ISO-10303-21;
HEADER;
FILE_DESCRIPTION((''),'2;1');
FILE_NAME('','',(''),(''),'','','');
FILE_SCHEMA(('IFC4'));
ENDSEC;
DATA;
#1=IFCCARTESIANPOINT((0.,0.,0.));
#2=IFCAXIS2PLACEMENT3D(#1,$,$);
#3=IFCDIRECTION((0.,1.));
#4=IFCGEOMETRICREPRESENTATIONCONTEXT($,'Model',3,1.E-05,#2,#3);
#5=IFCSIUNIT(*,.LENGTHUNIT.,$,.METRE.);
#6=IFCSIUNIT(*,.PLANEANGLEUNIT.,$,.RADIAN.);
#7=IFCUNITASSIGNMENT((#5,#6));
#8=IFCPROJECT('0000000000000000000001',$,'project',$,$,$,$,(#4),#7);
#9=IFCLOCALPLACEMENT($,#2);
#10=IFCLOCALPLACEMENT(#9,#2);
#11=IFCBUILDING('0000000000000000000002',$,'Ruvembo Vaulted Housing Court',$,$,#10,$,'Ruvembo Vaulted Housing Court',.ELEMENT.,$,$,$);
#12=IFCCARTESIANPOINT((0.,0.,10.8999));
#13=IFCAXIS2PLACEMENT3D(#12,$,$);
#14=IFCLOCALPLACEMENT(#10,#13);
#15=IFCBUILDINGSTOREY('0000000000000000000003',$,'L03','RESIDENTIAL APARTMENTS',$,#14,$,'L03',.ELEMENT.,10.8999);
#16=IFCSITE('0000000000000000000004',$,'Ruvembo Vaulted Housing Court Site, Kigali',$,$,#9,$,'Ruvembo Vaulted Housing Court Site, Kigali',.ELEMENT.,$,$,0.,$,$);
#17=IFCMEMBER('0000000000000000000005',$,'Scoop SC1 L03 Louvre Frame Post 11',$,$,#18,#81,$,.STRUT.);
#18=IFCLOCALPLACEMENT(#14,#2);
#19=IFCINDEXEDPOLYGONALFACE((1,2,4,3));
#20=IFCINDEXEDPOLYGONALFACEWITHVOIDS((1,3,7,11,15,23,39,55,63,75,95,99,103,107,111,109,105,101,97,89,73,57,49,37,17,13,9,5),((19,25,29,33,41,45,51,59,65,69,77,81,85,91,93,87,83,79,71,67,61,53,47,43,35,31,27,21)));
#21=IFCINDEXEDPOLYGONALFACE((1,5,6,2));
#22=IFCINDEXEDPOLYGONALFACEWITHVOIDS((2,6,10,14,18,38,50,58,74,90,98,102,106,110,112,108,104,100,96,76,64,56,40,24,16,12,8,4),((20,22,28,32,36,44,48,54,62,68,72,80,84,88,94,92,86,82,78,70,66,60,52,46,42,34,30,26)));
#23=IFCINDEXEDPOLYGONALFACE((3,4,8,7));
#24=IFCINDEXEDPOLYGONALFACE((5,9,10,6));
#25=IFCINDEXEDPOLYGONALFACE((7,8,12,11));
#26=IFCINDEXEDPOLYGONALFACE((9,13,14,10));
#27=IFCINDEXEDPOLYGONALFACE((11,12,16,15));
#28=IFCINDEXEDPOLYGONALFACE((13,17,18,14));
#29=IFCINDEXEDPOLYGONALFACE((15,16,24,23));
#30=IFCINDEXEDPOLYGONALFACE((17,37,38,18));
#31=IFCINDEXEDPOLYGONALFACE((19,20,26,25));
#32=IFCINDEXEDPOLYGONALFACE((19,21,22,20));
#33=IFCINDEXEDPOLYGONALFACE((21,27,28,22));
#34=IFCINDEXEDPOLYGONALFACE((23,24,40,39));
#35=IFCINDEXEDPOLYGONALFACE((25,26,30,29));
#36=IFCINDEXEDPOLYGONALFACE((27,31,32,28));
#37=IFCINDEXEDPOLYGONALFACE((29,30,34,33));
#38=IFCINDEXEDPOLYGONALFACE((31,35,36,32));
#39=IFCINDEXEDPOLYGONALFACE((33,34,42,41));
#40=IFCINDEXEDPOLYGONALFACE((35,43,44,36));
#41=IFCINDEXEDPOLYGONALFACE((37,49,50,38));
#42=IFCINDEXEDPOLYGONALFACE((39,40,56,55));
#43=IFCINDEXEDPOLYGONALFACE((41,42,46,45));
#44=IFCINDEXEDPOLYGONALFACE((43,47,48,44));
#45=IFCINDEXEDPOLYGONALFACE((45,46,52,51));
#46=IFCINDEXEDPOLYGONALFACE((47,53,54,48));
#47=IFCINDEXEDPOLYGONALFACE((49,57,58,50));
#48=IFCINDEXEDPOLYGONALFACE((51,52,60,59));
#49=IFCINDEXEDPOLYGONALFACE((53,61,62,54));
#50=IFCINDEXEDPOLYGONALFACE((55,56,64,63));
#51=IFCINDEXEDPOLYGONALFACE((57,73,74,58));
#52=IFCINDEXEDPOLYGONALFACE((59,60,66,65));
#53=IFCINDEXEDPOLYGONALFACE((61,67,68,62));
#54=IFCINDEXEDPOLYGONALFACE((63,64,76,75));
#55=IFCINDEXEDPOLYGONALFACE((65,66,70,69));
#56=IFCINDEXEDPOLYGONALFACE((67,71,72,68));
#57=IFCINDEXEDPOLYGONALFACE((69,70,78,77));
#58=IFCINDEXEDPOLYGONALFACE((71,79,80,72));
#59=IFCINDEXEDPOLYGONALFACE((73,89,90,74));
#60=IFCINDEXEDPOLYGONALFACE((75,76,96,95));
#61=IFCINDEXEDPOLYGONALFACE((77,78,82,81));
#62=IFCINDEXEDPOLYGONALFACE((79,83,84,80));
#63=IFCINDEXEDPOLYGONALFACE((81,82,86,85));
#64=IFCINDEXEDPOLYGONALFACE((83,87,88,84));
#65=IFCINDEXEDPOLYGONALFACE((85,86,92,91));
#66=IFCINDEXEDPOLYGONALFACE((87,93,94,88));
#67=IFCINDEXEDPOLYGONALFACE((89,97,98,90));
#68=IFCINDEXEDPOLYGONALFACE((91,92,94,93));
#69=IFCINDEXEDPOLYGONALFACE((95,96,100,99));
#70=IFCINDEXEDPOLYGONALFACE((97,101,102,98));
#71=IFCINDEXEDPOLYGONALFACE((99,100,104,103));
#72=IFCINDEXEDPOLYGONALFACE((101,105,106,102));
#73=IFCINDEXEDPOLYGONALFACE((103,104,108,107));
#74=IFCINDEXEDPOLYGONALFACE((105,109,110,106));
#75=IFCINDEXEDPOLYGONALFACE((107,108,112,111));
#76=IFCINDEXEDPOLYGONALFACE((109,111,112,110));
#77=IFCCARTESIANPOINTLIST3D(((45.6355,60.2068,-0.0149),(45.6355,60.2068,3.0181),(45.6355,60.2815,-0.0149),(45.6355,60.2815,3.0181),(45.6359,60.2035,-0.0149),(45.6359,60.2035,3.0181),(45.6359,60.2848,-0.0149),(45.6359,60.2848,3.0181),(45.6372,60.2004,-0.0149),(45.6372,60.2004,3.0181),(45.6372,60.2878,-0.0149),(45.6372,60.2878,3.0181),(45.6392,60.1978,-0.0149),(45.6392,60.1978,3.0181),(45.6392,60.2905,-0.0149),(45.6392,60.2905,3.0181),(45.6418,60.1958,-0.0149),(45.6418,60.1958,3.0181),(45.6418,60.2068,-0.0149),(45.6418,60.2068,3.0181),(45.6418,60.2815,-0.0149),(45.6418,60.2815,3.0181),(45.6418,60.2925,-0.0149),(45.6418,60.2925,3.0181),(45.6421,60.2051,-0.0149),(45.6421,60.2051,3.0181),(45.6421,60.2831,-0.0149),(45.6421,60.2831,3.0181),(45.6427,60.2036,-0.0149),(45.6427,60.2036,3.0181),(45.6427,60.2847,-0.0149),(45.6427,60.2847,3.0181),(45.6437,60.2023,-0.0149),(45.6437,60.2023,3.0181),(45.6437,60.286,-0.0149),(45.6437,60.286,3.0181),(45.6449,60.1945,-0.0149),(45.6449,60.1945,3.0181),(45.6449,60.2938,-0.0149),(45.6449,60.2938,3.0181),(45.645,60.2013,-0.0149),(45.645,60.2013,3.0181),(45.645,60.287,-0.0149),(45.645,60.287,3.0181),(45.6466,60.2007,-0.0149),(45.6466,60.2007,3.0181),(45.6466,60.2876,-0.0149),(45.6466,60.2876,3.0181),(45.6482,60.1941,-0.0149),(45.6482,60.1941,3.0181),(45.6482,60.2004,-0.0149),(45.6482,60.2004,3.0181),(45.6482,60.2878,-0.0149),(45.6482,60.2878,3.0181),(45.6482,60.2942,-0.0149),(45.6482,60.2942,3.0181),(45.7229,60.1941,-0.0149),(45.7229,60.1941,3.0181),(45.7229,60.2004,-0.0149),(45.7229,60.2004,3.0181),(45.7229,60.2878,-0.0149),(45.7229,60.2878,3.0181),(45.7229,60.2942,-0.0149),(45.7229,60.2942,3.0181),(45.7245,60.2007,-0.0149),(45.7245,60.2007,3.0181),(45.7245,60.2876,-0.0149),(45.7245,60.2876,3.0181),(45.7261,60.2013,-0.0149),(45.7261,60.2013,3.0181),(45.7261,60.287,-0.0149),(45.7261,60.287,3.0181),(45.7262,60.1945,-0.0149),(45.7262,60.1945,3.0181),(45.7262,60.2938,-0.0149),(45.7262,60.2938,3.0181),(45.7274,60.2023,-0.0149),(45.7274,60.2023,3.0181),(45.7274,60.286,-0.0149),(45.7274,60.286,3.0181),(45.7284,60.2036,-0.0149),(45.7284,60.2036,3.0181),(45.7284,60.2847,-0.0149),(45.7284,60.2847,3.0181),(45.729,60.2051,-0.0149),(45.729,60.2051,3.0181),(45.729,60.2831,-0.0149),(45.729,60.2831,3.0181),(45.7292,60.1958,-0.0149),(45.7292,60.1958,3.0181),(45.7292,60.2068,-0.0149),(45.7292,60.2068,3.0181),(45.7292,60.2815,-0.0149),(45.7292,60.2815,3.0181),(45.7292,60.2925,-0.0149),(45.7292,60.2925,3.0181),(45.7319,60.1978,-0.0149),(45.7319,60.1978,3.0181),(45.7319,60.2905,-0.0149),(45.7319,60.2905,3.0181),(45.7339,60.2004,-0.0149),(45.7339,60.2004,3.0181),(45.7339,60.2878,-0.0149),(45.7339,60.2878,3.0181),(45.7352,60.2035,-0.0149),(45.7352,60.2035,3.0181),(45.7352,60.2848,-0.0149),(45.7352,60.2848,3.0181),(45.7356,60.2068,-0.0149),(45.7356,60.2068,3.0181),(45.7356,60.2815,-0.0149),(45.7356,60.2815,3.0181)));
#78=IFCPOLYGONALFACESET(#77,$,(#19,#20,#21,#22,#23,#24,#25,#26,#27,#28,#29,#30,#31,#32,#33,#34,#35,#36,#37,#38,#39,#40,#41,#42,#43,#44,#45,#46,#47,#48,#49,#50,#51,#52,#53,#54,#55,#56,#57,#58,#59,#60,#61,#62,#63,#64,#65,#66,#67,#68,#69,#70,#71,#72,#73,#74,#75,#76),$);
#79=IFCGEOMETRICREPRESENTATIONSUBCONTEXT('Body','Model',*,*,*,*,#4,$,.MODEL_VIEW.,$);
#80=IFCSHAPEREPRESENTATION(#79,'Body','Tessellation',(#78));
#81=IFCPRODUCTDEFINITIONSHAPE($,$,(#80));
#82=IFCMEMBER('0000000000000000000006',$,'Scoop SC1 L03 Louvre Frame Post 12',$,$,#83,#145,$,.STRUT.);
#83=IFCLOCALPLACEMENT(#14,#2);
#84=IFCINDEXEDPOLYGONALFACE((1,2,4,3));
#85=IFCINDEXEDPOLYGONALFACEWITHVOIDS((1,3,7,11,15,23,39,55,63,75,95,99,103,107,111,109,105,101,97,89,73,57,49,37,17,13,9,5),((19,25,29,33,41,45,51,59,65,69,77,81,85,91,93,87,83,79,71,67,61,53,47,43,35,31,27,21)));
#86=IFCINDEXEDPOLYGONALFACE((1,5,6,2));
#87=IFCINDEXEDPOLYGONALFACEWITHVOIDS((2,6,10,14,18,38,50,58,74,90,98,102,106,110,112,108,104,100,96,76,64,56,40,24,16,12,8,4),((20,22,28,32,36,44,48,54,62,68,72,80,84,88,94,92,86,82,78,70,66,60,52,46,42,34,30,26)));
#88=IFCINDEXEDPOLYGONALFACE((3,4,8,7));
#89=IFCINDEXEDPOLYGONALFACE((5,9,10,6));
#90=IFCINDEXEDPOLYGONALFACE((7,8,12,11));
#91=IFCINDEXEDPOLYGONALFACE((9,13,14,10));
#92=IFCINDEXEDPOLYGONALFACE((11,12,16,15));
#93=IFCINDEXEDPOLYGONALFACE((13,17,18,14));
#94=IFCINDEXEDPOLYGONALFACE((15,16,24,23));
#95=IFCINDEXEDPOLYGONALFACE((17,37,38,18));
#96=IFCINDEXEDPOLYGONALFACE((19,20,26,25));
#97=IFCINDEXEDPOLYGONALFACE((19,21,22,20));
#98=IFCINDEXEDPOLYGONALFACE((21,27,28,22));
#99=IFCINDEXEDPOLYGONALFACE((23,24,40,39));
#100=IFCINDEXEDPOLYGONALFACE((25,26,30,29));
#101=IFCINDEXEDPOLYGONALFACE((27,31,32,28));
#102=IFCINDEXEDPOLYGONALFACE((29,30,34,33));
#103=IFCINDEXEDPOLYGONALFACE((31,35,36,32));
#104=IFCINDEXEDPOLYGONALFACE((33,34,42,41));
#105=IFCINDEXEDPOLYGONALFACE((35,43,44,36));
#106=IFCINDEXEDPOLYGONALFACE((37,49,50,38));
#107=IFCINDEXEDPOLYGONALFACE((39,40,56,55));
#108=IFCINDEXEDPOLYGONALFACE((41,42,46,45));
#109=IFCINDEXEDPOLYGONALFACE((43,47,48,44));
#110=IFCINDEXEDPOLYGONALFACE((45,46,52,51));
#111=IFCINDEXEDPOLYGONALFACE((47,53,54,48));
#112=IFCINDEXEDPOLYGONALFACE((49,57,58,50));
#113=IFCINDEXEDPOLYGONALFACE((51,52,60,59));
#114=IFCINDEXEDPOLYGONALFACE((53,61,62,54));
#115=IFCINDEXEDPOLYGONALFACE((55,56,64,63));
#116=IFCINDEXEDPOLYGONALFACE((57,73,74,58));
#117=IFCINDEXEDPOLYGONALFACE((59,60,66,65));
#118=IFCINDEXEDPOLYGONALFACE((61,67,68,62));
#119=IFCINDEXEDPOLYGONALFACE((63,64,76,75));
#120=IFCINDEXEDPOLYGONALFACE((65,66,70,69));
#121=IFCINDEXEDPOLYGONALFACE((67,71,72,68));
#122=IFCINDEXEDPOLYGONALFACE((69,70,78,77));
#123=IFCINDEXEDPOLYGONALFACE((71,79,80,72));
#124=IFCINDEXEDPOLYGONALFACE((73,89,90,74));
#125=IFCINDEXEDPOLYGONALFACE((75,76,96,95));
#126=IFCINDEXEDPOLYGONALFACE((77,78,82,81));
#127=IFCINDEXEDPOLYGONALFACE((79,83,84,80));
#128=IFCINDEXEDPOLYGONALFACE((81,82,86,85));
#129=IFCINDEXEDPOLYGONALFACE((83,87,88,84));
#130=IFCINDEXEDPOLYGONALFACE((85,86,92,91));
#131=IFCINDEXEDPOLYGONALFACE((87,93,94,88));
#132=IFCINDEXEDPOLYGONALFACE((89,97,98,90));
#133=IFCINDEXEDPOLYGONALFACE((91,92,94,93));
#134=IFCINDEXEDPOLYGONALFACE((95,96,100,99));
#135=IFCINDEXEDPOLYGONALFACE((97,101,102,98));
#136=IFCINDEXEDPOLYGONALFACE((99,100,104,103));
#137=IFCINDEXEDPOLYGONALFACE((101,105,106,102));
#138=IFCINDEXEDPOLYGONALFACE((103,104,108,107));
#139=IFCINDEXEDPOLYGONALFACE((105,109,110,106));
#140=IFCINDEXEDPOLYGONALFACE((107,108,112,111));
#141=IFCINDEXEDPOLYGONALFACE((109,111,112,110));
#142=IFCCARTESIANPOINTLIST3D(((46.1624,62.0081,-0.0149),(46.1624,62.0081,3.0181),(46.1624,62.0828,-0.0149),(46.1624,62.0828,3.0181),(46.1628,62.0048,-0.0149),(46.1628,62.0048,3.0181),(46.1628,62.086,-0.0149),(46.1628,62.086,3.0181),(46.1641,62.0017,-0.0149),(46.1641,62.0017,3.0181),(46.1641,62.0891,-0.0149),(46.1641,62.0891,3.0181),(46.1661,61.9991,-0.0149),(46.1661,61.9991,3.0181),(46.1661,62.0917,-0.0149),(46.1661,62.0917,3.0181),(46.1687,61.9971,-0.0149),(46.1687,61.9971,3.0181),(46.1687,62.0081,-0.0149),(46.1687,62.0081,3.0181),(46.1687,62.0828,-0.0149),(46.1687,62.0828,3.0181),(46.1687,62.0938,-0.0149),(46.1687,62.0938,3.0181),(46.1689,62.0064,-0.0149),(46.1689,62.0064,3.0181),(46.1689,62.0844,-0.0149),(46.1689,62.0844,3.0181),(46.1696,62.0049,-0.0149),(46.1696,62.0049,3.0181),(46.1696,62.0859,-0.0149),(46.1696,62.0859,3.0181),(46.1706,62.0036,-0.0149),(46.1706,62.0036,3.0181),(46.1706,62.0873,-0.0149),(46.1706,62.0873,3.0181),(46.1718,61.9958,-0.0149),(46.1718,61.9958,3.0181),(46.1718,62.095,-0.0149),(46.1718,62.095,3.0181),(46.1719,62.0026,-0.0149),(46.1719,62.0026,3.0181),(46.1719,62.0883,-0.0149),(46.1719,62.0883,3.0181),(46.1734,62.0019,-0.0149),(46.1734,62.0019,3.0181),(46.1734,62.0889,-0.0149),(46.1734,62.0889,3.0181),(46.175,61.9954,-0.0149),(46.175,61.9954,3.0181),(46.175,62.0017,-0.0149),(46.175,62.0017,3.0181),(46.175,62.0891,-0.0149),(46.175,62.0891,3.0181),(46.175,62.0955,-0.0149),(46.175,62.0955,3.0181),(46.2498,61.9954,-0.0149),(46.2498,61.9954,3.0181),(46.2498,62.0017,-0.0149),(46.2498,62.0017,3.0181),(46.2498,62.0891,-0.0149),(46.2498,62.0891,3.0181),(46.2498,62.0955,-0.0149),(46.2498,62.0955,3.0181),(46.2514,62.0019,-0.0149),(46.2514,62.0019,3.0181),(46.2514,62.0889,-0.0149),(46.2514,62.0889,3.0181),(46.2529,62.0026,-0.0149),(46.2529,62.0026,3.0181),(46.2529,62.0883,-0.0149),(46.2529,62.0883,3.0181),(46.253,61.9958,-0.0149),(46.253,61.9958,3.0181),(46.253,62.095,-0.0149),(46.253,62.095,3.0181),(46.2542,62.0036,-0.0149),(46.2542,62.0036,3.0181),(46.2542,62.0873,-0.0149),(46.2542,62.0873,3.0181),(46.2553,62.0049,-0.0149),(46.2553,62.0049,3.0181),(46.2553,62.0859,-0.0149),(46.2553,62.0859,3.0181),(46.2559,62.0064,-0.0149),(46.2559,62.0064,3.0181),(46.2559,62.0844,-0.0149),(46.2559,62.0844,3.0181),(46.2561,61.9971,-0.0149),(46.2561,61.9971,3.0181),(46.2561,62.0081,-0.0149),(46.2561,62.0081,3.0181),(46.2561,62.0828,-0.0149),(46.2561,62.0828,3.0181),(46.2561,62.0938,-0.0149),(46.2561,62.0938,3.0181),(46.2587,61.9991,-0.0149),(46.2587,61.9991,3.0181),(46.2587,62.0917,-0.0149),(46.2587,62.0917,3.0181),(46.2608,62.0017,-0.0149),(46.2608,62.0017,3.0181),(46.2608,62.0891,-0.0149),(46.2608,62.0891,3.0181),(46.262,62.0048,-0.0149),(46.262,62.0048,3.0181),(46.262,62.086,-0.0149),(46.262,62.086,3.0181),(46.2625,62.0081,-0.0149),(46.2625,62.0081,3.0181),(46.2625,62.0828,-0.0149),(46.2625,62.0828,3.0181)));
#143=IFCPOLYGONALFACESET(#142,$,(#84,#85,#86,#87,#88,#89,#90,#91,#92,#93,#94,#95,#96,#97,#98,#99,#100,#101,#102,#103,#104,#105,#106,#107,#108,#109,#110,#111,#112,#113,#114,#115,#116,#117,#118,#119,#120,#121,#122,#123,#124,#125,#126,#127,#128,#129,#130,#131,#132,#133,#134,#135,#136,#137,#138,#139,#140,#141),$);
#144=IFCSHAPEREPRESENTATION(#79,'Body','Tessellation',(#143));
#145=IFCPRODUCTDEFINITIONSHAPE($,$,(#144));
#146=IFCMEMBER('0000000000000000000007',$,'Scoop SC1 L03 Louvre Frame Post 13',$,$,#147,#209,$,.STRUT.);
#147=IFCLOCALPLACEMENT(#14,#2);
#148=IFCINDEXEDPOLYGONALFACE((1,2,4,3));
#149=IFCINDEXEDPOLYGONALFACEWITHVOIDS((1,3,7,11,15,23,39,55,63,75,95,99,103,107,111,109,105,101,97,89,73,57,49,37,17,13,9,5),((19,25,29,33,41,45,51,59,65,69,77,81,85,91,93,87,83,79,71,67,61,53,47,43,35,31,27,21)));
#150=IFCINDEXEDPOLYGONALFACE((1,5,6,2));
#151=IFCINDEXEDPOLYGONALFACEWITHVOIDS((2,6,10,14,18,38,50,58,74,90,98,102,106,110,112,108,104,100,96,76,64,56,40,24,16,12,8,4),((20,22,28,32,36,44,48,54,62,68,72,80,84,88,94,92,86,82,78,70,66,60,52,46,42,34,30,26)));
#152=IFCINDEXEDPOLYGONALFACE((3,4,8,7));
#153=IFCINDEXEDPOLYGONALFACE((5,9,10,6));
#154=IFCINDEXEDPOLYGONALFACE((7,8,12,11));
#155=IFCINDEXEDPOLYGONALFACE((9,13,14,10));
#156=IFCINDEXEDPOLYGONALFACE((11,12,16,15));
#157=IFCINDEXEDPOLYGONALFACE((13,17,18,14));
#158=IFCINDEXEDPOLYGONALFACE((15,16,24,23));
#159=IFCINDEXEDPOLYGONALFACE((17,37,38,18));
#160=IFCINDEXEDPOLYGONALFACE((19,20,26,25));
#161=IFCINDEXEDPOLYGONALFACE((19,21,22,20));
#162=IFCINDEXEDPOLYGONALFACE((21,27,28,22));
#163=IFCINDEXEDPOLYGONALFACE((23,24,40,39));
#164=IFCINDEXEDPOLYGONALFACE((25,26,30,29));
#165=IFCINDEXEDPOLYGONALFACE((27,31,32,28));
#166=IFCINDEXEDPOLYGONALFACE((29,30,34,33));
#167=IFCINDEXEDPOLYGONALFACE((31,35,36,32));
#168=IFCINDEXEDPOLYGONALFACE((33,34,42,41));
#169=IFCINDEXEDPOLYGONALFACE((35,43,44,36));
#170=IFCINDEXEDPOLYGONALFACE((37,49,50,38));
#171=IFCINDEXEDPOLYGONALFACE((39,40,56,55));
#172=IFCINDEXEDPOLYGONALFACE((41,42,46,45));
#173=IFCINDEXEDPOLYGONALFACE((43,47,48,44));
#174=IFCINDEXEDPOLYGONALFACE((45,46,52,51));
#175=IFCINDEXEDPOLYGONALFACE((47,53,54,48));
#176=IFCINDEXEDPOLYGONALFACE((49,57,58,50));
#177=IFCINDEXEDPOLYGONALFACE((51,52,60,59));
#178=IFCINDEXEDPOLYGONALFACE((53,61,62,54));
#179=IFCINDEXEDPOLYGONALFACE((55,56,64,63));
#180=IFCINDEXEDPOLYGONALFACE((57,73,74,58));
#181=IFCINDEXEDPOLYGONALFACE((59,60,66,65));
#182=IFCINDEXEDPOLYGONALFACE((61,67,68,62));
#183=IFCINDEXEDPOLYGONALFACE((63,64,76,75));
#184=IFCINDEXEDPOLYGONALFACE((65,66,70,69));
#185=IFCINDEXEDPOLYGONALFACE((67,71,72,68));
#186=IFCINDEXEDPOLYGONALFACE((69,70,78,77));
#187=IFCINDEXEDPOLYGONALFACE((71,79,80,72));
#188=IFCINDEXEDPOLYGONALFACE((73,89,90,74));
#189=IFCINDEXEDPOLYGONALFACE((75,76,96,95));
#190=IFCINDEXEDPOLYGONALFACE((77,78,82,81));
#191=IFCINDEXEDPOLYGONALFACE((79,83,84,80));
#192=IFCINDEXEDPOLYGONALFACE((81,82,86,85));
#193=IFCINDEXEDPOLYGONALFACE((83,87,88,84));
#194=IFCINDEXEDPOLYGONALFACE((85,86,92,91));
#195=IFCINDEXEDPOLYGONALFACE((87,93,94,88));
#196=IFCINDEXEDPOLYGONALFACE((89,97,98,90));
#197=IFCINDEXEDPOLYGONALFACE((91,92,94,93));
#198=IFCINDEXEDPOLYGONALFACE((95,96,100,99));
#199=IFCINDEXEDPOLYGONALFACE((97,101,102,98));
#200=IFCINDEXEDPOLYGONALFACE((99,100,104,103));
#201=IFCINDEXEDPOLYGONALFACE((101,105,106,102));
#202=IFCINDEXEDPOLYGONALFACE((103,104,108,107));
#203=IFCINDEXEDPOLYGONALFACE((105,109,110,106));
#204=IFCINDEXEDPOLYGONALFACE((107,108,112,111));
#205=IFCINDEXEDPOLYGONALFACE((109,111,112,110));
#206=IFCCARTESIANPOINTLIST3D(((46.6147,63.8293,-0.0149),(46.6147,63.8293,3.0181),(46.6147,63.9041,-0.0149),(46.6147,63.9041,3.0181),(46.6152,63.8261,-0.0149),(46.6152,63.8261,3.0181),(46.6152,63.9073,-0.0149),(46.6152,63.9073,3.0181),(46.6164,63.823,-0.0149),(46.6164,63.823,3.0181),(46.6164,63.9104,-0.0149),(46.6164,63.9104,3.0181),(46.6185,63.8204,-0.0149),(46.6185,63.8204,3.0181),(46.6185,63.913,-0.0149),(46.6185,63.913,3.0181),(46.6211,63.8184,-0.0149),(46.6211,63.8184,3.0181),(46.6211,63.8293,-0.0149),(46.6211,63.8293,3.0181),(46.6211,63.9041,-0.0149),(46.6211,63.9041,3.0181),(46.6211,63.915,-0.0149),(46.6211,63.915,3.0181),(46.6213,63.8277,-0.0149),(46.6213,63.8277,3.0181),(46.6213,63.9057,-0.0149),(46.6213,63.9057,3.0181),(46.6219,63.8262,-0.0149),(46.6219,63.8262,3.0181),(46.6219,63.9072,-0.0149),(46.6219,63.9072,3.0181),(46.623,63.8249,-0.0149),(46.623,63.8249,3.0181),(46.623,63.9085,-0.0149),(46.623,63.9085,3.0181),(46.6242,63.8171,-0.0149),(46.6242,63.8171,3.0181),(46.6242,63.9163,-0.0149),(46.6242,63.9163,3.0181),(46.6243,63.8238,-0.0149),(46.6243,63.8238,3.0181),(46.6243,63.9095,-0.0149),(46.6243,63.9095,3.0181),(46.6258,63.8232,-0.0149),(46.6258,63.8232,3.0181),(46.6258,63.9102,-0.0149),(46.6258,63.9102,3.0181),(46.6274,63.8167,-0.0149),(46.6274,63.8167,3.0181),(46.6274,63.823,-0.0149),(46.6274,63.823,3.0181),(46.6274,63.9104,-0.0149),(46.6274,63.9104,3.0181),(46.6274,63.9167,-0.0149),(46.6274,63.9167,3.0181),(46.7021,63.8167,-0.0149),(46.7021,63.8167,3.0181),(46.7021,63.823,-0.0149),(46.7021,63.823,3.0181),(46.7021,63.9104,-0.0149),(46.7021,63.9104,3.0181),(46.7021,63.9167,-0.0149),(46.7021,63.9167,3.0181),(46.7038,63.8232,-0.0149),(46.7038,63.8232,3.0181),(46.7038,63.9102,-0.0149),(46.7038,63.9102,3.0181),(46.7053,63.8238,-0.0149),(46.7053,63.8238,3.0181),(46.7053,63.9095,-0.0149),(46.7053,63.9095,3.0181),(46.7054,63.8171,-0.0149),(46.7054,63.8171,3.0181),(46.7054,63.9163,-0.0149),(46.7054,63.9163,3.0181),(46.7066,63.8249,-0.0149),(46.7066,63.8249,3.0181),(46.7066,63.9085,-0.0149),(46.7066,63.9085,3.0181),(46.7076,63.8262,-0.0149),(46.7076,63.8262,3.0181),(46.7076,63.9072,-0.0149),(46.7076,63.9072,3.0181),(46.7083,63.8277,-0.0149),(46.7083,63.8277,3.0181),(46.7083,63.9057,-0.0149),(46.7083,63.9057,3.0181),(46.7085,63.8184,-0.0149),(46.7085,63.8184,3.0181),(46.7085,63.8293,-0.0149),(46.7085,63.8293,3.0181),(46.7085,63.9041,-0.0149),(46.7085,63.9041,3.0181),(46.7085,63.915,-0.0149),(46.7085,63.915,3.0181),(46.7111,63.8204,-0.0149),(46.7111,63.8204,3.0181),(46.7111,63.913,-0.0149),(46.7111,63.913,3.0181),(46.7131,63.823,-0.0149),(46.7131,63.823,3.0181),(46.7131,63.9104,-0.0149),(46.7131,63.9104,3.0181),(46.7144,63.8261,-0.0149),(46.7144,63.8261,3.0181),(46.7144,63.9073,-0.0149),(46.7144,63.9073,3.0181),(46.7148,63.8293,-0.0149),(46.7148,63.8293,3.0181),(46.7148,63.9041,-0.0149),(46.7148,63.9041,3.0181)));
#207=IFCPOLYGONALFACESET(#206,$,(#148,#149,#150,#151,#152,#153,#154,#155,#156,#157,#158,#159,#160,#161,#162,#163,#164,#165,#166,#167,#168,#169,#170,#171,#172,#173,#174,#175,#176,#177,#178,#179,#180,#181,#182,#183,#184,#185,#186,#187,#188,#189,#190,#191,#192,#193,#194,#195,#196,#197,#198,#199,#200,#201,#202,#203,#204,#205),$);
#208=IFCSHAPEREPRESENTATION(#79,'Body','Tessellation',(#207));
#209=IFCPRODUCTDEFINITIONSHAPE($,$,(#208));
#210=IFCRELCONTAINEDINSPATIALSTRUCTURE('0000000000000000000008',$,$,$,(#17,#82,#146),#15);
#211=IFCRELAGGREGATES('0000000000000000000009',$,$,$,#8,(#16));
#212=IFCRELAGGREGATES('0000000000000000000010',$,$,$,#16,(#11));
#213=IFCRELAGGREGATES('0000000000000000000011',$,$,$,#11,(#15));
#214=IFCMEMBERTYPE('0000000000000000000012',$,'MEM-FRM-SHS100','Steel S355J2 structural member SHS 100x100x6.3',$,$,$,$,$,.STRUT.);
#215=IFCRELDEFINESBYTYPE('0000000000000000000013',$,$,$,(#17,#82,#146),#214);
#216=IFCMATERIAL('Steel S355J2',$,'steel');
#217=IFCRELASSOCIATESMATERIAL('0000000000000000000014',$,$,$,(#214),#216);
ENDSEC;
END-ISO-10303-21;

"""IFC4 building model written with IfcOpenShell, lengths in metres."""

from ifc_helpers import new_model, si_unit, direction, frame, origin, origin_2d, place, context, subcontext, project, spatial, hollow_rectangle, extrude, material, material_profile, profile_set, type_object, element, save


model = new_model("IFC4")

# Units and contexts
model_context = context("Model", 3, precision=1e-05, world=origin(), true_north=direction((0.0, 1.0)))
body_context = subcontext(model_context, "Body", "Model", "MODEL_VIEW")
ifc_project = project(units=[si_unit("LENGTHUNIT", "METRE"), si_unit("PLANEANGLEUNIT", "RADIAN")], contexts=[model_context])

# Site, building, storey
site_placement = place(None, origin())
site = spatial("IfcSite", under=ifc_project, at=site_placement, Name="Ruvembo Vaulted Housing Court Site, Kigali", LongName="Ruvembo Vaulted Housing Court Site, Kigali", CompositionType="ELEMENT", RefElevation=0.0)
building_placement = place(site_placement, origin())
building = spatial("IfcBuilding", under=site, at=building_placement, Name="Ruvembo Vaulted Housing Court", LongName="Ruvembo Vaulted Housing Court", CompositionType="ELEMENT")
storey_placement = place(building_placement, frame((0.0, 0.0, 10.8999)))
storey = spatial("IfcBuildingStorey", under=building, at=storey_placement, Name="L03", Description="RESIDENTIAL APARTMENTS", LongName="L03", CompositionType="ELEMENT", Elevation=10.8999)

# Shared definitions
ifc_material_1 = material(Name="Steel S355J2", Category="steel")

# Members
ifc_material_profile_1 = material_profile(ifc_material_1, hollow_rectangle(XDim=0.1001, YDim=0.1001, WallThickness=0.0063, InnerFilletRadius=0.0063, OuterFilletRadius=0.0127, at=origin_2d()), Name="SHS 100x100x6.3")
ifc_profile_set_1 = profile_set([ifc_material_profile_1], Name="Steel S355J2")
member_type_1 = type_object("IfcMemberType", Name="MEM-FRM-SHS100", Description="Steel S355J2 structural member SHS 100x100x6.3", PredefinedType="STRUT", material=ifc_profile_set_1)
for number, where, z_axis, x_axis, name in (
    (1, (45.6855, 60.2441, -0.0149), (0.0, 0.0, 1.0), (1.0, 0.0, 0.0), "Scoop SC1 L03 Louvre Frame Post 11"),
    (2, (46.2124, 62.0454, -0.0149), (0.0, 0.0, 1.0), (1.0, 0.0, 0.0), "Scoop SC1 L03 Louvre Frame Post 12"),
    (3, (46.6648, 63.8667, -0.0149), (0.0, 0.0, 1.0), (1.0, 0.0, 0.0), "Scoop SC1 L03 Louvre Frame Post 13"),
):
    element("IfcMember", number, at=place(storey_placement, frame(where, z_axis=z_axis, x_axis=x_axis)), inside=storey, type_object=member_type_1, Name=name, PredefinedType="STRUT", context=body_context, shape_type="SweptSolid", body=[
        extrude(hollow_rectangle(XDim=0.1001, YDim=0.1001, WallThickness=0.0063, InnerFilletRadius=0.0063, OuterFilletRadius=0.0127, at=origin_2d()), origin(), (0.0, 0.0, 1.0), 3.033),
    ])

save(model, "model.ifc")
